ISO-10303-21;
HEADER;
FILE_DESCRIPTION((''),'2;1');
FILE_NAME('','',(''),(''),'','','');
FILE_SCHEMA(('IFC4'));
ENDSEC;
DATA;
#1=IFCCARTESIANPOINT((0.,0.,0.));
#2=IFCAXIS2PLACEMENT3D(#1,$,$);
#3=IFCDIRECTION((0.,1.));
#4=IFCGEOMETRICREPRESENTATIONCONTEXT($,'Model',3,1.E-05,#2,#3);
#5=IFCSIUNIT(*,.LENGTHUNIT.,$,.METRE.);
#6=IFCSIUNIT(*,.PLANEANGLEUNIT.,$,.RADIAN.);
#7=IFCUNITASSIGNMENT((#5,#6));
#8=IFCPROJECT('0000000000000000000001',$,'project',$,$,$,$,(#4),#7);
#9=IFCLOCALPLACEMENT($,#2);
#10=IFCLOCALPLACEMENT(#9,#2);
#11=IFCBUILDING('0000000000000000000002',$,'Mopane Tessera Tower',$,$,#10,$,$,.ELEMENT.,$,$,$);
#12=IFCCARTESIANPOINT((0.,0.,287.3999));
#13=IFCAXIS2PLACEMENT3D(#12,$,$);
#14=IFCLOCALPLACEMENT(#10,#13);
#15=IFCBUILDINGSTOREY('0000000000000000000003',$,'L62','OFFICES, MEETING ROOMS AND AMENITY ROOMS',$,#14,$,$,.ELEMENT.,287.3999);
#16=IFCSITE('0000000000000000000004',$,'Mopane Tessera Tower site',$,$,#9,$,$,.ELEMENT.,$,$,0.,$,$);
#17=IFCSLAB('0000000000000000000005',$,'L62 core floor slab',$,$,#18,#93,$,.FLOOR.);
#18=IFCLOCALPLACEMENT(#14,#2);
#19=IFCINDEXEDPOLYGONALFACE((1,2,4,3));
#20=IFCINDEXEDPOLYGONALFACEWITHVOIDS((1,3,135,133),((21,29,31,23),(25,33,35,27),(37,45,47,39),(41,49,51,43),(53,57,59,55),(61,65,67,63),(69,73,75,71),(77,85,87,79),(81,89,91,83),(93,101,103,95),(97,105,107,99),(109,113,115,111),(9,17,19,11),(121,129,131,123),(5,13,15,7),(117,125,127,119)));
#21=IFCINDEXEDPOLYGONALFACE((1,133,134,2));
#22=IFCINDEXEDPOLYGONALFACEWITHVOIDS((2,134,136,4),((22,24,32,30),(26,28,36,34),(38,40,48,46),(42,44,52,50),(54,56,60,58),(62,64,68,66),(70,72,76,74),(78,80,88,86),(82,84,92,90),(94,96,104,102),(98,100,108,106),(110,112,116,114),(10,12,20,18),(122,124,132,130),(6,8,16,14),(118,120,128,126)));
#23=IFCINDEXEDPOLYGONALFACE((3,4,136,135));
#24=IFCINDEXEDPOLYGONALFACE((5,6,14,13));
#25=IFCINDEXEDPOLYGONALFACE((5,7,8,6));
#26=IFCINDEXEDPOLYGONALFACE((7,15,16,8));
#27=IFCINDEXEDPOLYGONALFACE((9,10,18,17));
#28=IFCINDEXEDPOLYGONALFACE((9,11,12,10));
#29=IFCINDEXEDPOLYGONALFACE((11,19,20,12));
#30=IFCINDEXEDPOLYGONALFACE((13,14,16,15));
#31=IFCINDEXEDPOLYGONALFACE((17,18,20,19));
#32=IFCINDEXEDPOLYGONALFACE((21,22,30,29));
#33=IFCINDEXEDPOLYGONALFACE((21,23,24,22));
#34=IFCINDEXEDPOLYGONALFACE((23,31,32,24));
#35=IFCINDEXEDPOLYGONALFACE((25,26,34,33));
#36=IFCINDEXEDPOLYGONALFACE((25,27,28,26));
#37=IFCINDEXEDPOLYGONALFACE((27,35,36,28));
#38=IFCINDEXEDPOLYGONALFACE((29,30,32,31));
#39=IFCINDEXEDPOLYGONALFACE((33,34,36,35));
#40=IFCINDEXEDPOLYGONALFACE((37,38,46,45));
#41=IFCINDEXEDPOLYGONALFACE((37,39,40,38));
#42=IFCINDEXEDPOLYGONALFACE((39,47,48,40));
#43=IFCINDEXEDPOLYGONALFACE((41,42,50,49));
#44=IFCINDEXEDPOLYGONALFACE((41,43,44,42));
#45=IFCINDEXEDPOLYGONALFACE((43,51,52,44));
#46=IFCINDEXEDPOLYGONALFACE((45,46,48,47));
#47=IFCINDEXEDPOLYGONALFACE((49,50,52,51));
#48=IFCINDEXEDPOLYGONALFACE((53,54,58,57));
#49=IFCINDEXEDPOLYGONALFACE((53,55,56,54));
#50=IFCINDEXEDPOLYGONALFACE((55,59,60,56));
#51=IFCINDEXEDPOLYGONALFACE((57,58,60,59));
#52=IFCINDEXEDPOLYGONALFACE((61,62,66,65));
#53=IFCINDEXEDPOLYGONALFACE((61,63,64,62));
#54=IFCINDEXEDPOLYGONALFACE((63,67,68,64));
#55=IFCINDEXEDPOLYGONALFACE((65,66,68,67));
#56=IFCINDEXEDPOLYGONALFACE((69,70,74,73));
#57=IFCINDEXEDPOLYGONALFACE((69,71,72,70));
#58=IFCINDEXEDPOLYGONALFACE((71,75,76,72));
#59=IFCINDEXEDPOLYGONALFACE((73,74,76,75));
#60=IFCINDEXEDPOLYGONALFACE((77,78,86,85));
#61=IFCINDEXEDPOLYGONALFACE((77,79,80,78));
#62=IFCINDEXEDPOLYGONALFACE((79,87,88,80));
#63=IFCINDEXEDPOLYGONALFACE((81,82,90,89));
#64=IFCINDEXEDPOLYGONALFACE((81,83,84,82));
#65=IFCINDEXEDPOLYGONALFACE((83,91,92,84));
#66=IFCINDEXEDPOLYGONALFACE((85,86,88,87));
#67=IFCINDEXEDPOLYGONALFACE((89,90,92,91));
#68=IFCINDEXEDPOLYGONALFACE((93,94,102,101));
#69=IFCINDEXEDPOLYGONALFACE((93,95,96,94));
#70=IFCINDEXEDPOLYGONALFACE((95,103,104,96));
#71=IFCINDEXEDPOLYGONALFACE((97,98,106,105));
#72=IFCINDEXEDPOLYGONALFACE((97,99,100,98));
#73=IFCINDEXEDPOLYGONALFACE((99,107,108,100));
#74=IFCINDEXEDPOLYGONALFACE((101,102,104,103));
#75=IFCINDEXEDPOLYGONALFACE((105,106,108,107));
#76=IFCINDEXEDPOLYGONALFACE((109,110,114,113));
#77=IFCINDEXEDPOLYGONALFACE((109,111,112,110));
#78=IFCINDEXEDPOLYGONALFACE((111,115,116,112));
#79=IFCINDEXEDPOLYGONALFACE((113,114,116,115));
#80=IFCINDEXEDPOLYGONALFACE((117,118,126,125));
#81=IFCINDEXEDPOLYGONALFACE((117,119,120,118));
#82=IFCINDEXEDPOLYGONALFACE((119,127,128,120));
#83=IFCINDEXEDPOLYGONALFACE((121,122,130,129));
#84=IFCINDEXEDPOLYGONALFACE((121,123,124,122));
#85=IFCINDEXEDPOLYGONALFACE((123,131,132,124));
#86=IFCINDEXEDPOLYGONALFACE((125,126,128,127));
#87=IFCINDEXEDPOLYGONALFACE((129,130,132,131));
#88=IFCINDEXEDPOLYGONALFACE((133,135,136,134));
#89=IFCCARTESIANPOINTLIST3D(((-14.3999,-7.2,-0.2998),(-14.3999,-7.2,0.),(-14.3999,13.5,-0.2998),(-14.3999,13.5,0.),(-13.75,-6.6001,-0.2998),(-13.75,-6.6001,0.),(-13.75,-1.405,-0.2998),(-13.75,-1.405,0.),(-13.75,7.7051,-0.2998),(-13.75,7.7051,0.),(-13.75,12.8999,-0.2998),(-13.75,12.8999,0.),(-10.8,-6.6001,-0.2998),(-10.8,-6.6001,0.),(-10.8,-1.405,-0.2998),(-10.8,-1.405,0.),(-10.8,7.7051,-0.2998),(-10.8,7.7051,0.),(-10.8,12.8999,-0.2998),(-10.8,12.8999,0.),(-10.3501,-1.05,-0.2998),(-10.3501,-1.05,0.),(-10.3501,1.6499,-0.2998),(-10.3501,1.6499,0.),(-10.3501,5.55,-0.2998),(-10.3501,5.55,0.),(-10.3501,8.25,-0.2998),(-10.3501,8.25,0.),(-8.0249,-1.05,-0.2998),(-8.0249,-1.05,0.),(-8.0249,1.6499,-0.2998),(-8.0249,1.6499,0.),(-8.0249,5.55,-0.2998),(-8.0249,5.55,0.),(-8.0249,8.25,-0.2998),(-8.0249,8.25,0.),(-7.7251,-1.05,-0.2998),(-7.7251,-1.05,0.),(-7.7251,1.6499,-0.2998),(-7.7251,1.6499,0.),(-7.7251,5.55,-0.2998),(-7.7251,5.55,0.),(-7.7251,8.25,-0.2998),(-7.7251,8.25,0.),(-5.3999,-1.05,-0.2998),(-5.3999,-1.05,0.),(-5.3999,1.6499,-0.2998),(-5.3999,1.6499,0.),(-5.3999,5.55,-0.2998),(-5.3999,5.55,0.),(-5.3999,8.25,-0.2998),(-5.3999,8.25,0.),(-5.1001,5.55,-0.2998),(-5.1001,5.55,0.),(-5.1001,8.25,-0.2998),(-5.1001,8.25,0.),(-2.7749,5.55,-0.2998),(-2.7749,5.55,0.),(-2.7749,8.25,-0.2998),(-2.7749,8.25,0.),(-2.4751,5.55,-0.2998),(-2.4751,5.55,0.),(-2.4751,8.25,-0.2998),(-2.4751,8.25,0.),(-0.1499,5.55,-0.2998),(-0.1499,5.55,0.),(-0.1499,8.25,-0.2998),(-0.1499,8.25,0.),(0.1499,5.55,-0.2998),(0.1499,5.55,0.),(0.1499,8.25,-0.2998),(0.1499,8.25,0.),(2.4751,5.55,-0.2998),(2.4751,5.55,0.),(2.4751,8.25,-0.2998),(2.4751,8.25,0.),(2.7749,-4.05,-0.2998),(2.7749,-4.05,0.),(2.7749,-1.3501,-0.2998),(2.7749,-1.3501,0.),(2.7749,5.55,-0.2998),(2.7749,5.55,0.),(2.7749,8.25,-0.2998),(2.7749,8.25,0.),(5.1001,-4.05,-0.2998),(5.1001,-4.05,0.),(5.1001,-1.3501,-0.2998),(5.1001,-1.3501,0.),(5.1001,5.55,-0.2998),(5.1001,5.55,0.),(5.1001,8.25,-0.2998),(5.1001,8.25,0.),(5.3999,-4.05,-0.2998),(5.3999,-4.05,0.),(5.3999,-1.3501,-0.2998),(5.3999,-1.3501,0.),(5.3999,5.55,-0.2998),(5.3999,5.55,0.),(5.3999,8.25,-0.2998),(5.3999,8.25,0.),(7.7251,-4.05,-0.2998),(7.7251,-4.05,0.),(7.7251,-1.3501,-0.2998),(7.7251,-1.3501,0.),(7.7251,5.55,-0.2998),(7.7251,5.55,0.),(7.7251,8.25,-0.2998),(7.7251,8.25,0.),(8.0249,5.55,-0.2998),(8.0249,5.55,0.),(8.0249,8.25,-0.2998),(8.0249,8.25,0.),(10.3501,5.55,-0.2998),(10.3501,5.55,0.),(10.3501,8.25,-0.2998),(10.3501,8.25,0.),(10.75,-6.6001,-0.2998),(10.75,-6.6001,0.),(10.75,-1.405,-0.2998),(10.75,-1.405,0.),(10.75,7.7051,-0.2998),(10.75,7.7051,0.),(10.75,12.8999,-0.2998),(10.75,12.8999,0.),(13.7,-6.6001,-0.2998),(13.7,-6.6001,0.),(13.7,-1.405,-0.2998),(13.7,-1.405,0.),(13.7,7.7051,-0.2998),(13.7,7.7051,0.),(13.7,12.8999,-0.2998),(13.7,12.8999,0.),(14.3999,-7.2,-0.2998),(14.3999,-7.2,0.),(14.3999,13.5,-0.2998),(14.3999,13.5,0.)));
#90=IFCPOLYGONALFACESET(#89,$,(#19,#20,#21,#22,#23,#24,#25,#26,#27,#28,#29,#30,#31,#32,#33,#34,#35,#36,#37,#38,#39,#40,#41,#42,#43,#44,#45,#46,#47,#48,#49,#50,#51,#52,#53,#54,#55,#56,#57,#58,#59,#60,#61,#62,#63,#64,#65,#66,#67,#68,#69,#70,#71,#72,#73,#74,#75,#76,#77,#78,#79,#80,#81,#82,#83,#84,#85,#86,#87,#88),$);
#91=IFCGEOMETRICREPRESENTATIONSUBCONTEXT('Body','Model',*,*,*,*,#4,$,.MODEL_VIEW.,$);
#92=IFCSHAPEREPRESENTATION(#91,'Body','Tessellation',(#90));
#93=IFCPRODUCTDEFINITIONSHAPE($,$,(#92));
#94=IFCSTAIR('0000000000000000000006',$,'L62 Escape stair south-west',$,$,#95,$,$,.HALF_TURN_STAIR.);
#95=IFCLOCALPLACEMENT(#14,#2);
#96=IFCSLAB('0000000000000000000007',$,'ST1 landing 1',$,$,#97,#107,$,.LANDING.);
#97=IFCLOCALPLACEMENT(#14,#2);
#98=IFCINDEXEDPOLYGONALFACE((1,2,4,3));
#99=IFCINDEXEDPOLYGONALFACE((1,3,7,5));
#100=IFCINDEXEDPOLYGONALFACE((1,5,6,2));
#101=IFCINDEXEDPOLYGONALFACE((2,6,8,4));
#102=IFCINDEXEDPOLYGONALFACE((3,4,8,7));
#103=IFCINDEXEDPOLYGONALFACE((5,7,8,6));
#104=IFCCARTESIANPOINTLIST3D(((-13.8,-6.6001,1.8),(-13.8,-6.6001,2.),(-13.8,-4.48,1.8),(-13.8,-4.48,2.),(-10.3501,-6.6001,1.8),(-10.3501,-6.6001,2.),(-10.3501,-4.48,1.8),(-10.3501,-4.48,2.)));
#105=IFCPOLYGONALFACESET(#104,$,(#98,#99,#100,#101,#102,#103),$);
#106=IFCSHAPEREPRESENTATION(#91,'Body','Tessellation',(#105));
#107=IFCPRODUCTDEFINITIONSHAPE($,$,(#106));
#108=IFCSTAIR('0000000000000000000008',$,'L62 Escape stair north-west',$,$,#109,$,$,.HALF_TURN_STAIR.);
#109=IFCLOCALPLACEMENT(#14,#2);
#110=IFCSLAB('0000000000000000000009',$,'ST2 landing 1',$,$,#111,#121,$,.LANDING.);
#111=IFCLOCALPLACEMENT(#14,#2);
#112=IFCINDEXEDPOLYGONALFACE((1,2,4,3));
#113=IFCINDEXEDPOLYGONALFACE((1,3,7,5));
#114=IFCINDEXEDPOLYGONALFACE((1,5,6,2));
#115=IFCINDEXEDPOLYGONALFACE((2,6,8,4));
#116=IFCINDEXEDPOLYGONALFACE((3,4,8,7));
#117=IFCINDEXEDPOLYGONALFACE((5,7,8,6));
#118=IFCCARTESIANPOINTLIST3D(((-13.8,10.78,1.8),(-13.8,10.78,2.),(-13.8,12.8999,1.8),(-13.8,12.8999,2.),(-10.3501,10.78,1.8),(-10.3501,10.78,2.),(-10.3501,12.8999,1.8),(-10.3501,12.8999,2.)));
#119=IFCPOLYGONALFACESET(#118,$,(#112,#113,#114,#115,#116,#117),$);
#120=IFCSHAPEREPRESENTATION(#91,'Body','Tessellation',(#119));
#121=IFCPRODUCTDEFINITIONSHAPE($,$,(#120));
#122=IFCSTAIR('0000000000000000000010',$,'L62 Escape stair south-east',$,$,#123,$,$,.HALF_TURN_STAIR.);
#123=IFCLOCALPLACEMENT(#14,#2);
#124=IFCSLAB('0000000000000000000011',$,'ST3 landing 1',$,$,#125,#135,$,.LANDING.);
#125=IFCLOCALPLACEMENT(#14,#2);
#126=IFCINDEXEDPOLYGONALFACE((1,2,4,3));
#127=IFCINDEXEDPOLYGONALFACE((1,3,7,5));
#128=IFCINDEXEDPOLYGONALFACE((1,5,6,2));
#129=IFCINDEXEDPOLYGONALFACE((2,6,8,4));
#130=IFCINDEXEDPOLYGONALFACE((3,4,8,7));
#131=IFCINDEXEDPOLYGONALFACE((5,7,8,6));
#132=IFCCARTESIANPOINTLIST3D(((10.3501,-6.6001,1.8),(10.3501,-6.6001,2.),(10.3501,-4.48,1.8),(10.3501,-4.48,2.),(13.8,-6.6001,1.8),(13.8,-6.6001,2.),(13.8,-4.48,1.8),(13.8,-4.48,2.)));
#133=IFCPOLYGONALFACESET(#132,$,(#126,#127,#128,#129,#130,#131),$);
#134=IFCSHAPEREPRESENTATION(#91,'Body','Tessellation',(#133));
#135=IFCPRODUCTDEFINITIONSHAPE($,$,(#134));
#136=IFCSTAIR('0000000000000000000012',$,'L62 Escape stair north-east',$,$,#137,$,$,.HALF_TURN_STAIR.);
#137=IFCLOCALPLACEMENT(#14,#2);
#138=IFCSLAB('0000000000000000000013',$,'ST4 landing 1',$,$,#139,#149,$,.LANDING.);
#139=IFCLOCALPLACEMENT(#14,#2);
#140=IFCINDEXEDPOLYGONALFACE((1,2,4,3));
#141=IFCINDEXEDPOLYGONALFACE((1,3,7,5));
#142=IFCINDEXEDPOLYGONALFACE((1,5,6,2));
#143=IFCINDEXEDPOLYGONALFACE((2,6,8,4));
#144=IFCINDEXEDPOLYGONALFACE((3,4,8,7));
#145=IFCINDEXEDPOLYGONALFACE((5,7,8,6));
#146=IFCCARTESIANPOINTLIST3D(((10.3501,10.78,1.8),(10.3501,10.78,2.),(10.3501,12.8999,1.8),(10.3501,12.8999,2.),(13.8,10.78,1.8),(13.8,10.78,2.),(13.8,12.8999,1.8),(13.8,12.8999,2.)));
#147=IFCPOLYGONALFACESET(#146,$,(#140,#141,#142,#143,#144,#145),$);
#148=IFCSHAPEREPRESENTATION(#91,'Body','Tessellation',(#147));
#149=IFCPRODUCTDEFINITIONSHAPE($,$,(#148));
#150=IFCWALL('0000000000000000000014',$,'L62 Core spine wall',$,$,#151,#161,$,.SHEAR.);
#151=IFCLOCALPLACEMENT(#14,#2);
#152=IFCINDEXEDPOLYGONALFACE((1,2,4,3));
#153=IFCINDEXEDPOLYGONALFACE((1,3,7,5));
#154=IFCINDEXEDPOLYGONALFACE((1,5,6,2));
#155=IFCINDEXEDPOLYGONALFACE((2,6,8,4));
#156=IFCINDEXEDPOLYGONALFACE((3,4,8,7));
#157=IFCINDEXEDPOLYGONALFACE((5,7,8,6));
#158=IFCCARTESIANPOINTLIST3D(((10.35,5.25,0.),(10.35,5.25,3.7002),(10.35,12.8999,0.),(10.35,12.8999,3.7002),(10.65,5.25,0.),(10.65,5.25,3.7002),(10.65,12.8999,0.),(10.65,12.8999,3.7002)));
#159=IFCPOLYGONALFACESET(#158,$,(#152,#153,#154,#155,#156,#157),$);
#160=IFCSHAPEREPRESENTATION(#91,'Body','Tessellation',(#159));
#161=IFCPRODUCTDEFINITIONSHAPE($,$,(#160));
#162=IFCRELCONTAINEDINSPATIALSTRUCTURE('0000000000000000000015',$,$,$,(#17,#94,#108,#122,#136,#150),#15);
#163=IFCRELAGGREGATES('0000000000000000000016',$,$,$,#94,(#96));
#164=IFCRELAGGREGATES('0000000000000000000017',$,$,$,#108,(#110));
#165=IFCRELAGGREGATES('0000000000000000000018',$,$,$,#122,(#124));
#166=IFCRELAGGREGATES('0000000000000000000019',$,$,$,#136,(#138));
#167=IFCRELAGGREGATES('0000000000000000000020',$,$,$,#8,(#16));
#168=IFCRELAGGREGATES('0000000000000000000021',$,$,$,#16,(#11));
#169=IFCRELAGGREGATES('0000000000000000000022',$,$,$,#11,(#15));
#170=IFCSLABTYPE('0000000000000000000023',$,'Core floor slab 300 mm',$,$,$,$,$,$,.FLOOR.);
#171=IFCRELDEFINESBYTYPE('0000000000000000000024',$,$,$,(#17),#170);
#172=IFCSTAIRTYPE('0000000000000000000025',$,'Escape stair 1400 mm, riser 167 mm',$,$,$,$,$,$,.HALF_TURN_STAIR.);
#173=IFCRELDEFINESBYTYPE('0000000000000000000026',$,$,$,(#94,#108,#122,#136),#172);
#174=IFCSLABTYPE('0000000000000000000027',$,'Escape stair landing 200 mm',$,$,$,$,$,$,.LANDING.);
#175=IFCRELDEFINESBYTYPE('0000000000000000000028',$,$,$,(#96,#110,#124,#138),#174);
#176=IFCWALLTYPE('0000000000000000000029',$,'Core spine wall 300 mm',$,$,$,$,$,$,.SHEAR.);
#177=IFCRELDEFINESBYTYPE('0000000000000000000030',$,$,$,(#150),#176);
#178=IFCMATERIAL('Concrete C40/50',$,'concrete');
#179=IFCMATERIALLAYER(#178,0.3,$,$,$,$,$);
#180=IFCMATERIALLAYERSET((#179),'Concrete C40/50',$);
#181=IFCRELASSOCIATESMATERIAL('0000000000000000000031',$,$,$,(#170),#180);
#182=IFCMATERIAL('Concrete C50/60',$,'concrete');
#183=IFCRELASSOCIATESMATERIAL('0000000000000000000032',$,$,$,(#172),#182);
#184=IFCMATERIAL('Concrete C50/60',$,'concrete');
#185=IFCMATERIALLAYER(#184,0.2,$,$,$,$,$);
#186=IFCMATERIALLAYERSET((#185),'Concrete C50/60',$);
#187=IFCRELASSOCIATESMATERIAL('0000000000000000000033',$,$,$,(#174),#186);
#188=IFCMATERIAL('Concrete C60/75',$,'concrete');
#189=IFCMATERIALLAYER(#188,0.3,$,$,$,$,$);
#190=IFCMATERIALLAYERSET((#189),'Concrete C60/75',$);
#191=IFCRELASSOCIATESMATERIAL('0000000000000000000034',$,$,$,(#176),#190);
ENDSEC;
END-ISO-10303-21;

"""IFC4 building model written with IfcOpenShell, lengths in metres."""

from ifc_helpers import new_model, si_unit, direction, frame, frame_2d, origin, place, context, subcontext, project, spatial, polyline, rectangle, outline, extrude, material, layer, layer_set, type_object, element, aggregate, save


model = new_model("IFC4")

# Units and contexts
model_context = context("Model", 3, precision=1e-05, world=origin(), true_north=direction((0.0, 1.0)))
body_context = subcontext(model_context, "Body", "Model", "MODEL_VIEW")
ifc_project = project(units=[si_unit("LENGTHUNIT", "METRE"), si_unit("PLANEANGLEUNIT", "RADIAN")], contexts=[model_context])

# Site, building, storey
site_placement = place(None, origin())
site = spatial("IfcSite", under=ifc_project, at=site_placement, Name="Mopane Tessera Tower site", CompositionType="ELEMENT", RefElevation=0.0)
building_placement = place(site_placement, origin())
building = spatial("IfcBuilding", under=site, at=building_placement, Name="Mopane Tessera Tower", CompositionType="ELEMENT")
storey_placement = place(building_placement, frame((0.0, 0.0, 287.3999)))
storey = spatial("IfcBuildingStorey", under=building, at=storey_placement, Name="L62", Description="OFFICES, MEETING ROOMS AND AMENITY ROOMS", CompositionType="ELEMENT", Elevation=287.3999)

# Slab
ifc_material_1 = material(Name="Concrete C40/50", Category="concrete")
ifc_layer_1 = layer(ifc_material_1, 0.3)
ifc_layer_set_1 = layer_set([ifc_layer_1], Name="Concrete C40/50")
slab_type_1 = type_object("IfcSlabType", Name="Core floor slab 300 mm", PredefinedType="FLOOR", material=ifc_layer_set_1)
slab_1_placement = place(storey_placement, frame((0.0, 0.0, -0.2998)))
element("IfcSlab", 1, at=slab_1_placement, inside=storey, type_object=slab_type_1, Name="L62 core floor slab", PredefinedType="FLOOR", context=body_context, shape_type="SweptSolid", body=[
    extrude(outline(polyline([(-14.3999, -7.2), (14.3999, -7.2), (14.3999, 13.5), (-14.3999, 13.5), (-14.3999, -7.2)]), holes=[polyline([(-10.3501, -1.05), (-8.0249, -1.05), (-8.0249, 1.6499), (-10.3501, 1.6499), (-10.3501, -1.05)]), polyline([(-7.7251, -1.05), (-5.3999, -1.05), (-5.3999, 1.6499), (-7.7251, 1.6499), (-7.7251, -1.05)]), polyline([(-10.3501, 5.55), (-8.0249, 5.55), (-8.0249, 8.25), (-10.3501, 8.25), (-10.3501, 5.55)]), polyline([(-7.7251, 5.55), (-5.3999, 5.55), (-5.3999, 8.25), (-7.7251, 8.25), (-7.7251, 5.55)]), polyline([(-5.1001, 5.55), (-2.7749, 5.55), (-2.7749, 8.25), (-5.1001, 8.25), (-5.1001, 5.55)]), polyline([(-2.4751, 5.55), (-0.1499, 5.55), (-0.1499, 8.25), (-2.4751, 8.25), (-2.4751, 5.55)]), polyline([(0.1499, 5.55), (2.4751, 5.55), (2.4751, 8.25), (0.1499, 8.25), (0.1499, 5.55)]), polyline([(2.7749, 5.55), (5.1001, 5.55), (5.1001, 8.25), (2.7749, 8.25), (2.7749, 5.55)]), polyline([(5.3999, 5.55), (7.7251, 5.55), (7.7251, 8.25), (5.3999, 8.25), (5.3999, 5.55)]), polyline([(8.0249, 5.55), (10.3501, 5.55), (10.3501, 8.25), (8.0249, 8.25), (8.0249, 5.55)]), polyline([(2.7749, -4.05), (5.1001, -4.05), (5.1001, -1.3501), (2.7749, -1.3501), (2.7749, -4.05)]), polyline([(5.3999, -4.05), (7.7251, -4.05), (7.7251, -1.3501), (5.3999, -1.3501), (5.3999, -4.05)]), polyline([(-13.75, -1.405), (-13.75, -6.6001), (-10.8, -6.6001), (-10.8, -1.405), (-13.75, -1.405)]), polyline([(-10.8, 7.7051), (-10.8, 12.8999), (-13.75, 12.8999), (-13.75, 7.7051), (-10.8, 7.7051)]), polyline([(10.75, -1.405), (10.75, -6.6001), (13.7, -6.6001), (13.7, -1.405), (10.75, -1.405)]), polyline([(13.7, 7.7051), (13.7, 12.8999), (10.75, 12.8999), (10.75, 7.7051), (13.7, 7.7051)])]), origin(), (0.0, 0.0, 1.0), 0.2998),
])

# Stairs, slabs
ifc_material_2 = material(Name="Concrete C50/60", Category="concrete")
stair_type = type_object("IfcStairType", Name="Escape stair 1400 mm, riser 167 mm", PredefinedType="HALF_TURN_STAIR", material=ifc_material_2)
stair_1_placement = place(storey_placement, origin())
stair_1 = element("IfcStair", 2, at=stair_1_placement, inside=storey, type_object=stair_type, Name="L62 Escape stair south-west", PredefinedType="HALF_TURN_STAIR")
ifc_material_3 = material(Name="Concrete C50/60", Category="concrete")
ifc_layer_2 = layer(ifc_material_3, 0.2)
ifc_layer_set_2 = layer_set([ifc_layer_2], Name="Concrete C50/60")
slab_type_2 = type_object("IfcSlabType", Name="Escape stair landing 200 mm", PredefinedType="LANDING", material=ifc_layer_set_2)
slab_2_placement = place(storey_placement, frame((0.0, 0.0, 1.8)))
slab_2 = element("IfcSlab", 3, at=slab_2_placement, type_object=slab_type_2, Name="ST1 landing 1", PredefinedType="LANDING", context=body_context, shape_type="SweptSolid", body=[
    extrude(outline(polyline([(-13.8, -4.48), (-13.8, -6.6001), (-10.3501, -6.6001), (-10.3501, -4.48), (-13.8, -4.48)])), origin(), (0.0, 0.0, 1.0), 0.2),
])
aggregate(stair_1, [slab_2])
stair_2_placement = place(storey_placement, origin())
stair_2 = element("IfcStair", 4, at=stair_2_placement, inside=storey, type_object=stair_type, Name="L62 Escape stair north-west", PredefinedType="HALF_TURN_STAIR")
slab_3_placement = place(storey_placement, frame((0.0, 0.0, 1.8)))
slab_3 = element("IfcSlab", 5, at=slab_3_placement, type_object=slab_type_2, Name="ST2 landing 1", PredefinedType="LANDING", context=body_context, shape_type="SweptSolid", body=[
    extrude(outline(polyline([(-10.3501, 10.78), (-10.3501, 12.8999), (-13.8, 12.8999), (-13.8, 10.78), (-10.3501, 10.78)])), origin(), (0.0, 0.0, 1.0), 0.2),
])
aggregate(stair_2, [slab_3])
stair_3_placement = place(storey_placement, origin())
stair_3 = element("IfcStair", 6, at=stair_3_placement, inside=storey, type_object=stair_type, Name="L62 Escape stair south-east", PredefinedType="HALF_TURN_STAIR")
slab_4_placement = place(storey_placement, frame((0.0, 0.0, 1.8)))
slab_4 = element("IfcSlab", 7, at=slab_4_placement, type_object=slab_type_2, Name="ST3 landing 1", PredefinedType="LANDING", context=body_context, shape_type="SweptSolid", body=[
    extrude(outline(polyline([(10.3501, -4.48), (10.3501, -6.6001), (13.8, -6.6001), (13.8, -4.48), (10.3501, -4.48)])), origin(), (0.0, 0.0, 1.0), 0.2),
])
aggregate(stair_3, [slab_4])
stair_4_placement = place(storey_placement, origin())
stair_4 = element("IfcStair", 8, at=stair_4_placement, inside=storey, type_object=stair_type, Name="L62 Escape stair north-east", PredefinedType="HALF_TURN_STAIR")
slab_5_placement = place(storey_placement, frame((0.0, 0.0, 1.8)))
slab_5 = element("IfcSlab", 9, at=slab_5_placement, type_object=slab_type_2, Name="ST4 landing 1", PredefinedType="LANDING", context=body_context, shape_type="SweptSolid", body=[
    extrude(outline(polyline([(13.8, 10.78), (13.8, 12.8999), (10.3501, 12.8999), (10.3501, 10.78), (13.8, 10.78)])), origin(), (0.0, 0.0, 1.0), 0.2),
])

# Wall
ifc_material_4 = material(Name="Concrete C60/75", Category="concrete")
ifc_layer_3 = layer(ifc_material_4, 0.3)
ifc_layer_set_3 = layer_set([ifc_layer_3], Name="Concrete C60/75")
wall_type_1 = type_object("IfcWallType", Name="Core spine wall 300 mm", PredefinedType="SHEAR", material=ifc_layer_set_3)
wall_1_placement = place(storey_placement, frame((10.5, 5.25, 0.0), z_axis=(0.0, 0.0, 1.0), x_axis=(0.0, 1.0, 0.0)))
element("IfcWall", 10, at=wall_1_placement, inside=storey, type_object=wall_type_1, Name="L62 Core spine wall", PredefinedType="SHEAR", context=body_context, shape_type="SweptSolid", body=[
    extrude(rectangle(XDim=7.6499, YDim=0.3, at=frame_2d((3.825, 0.0))), origin(), (0.0, 0.0, 1.0), 3.7002),
])

aggregate(stair_4, [slab_5])

save(model, "model.ifc")
